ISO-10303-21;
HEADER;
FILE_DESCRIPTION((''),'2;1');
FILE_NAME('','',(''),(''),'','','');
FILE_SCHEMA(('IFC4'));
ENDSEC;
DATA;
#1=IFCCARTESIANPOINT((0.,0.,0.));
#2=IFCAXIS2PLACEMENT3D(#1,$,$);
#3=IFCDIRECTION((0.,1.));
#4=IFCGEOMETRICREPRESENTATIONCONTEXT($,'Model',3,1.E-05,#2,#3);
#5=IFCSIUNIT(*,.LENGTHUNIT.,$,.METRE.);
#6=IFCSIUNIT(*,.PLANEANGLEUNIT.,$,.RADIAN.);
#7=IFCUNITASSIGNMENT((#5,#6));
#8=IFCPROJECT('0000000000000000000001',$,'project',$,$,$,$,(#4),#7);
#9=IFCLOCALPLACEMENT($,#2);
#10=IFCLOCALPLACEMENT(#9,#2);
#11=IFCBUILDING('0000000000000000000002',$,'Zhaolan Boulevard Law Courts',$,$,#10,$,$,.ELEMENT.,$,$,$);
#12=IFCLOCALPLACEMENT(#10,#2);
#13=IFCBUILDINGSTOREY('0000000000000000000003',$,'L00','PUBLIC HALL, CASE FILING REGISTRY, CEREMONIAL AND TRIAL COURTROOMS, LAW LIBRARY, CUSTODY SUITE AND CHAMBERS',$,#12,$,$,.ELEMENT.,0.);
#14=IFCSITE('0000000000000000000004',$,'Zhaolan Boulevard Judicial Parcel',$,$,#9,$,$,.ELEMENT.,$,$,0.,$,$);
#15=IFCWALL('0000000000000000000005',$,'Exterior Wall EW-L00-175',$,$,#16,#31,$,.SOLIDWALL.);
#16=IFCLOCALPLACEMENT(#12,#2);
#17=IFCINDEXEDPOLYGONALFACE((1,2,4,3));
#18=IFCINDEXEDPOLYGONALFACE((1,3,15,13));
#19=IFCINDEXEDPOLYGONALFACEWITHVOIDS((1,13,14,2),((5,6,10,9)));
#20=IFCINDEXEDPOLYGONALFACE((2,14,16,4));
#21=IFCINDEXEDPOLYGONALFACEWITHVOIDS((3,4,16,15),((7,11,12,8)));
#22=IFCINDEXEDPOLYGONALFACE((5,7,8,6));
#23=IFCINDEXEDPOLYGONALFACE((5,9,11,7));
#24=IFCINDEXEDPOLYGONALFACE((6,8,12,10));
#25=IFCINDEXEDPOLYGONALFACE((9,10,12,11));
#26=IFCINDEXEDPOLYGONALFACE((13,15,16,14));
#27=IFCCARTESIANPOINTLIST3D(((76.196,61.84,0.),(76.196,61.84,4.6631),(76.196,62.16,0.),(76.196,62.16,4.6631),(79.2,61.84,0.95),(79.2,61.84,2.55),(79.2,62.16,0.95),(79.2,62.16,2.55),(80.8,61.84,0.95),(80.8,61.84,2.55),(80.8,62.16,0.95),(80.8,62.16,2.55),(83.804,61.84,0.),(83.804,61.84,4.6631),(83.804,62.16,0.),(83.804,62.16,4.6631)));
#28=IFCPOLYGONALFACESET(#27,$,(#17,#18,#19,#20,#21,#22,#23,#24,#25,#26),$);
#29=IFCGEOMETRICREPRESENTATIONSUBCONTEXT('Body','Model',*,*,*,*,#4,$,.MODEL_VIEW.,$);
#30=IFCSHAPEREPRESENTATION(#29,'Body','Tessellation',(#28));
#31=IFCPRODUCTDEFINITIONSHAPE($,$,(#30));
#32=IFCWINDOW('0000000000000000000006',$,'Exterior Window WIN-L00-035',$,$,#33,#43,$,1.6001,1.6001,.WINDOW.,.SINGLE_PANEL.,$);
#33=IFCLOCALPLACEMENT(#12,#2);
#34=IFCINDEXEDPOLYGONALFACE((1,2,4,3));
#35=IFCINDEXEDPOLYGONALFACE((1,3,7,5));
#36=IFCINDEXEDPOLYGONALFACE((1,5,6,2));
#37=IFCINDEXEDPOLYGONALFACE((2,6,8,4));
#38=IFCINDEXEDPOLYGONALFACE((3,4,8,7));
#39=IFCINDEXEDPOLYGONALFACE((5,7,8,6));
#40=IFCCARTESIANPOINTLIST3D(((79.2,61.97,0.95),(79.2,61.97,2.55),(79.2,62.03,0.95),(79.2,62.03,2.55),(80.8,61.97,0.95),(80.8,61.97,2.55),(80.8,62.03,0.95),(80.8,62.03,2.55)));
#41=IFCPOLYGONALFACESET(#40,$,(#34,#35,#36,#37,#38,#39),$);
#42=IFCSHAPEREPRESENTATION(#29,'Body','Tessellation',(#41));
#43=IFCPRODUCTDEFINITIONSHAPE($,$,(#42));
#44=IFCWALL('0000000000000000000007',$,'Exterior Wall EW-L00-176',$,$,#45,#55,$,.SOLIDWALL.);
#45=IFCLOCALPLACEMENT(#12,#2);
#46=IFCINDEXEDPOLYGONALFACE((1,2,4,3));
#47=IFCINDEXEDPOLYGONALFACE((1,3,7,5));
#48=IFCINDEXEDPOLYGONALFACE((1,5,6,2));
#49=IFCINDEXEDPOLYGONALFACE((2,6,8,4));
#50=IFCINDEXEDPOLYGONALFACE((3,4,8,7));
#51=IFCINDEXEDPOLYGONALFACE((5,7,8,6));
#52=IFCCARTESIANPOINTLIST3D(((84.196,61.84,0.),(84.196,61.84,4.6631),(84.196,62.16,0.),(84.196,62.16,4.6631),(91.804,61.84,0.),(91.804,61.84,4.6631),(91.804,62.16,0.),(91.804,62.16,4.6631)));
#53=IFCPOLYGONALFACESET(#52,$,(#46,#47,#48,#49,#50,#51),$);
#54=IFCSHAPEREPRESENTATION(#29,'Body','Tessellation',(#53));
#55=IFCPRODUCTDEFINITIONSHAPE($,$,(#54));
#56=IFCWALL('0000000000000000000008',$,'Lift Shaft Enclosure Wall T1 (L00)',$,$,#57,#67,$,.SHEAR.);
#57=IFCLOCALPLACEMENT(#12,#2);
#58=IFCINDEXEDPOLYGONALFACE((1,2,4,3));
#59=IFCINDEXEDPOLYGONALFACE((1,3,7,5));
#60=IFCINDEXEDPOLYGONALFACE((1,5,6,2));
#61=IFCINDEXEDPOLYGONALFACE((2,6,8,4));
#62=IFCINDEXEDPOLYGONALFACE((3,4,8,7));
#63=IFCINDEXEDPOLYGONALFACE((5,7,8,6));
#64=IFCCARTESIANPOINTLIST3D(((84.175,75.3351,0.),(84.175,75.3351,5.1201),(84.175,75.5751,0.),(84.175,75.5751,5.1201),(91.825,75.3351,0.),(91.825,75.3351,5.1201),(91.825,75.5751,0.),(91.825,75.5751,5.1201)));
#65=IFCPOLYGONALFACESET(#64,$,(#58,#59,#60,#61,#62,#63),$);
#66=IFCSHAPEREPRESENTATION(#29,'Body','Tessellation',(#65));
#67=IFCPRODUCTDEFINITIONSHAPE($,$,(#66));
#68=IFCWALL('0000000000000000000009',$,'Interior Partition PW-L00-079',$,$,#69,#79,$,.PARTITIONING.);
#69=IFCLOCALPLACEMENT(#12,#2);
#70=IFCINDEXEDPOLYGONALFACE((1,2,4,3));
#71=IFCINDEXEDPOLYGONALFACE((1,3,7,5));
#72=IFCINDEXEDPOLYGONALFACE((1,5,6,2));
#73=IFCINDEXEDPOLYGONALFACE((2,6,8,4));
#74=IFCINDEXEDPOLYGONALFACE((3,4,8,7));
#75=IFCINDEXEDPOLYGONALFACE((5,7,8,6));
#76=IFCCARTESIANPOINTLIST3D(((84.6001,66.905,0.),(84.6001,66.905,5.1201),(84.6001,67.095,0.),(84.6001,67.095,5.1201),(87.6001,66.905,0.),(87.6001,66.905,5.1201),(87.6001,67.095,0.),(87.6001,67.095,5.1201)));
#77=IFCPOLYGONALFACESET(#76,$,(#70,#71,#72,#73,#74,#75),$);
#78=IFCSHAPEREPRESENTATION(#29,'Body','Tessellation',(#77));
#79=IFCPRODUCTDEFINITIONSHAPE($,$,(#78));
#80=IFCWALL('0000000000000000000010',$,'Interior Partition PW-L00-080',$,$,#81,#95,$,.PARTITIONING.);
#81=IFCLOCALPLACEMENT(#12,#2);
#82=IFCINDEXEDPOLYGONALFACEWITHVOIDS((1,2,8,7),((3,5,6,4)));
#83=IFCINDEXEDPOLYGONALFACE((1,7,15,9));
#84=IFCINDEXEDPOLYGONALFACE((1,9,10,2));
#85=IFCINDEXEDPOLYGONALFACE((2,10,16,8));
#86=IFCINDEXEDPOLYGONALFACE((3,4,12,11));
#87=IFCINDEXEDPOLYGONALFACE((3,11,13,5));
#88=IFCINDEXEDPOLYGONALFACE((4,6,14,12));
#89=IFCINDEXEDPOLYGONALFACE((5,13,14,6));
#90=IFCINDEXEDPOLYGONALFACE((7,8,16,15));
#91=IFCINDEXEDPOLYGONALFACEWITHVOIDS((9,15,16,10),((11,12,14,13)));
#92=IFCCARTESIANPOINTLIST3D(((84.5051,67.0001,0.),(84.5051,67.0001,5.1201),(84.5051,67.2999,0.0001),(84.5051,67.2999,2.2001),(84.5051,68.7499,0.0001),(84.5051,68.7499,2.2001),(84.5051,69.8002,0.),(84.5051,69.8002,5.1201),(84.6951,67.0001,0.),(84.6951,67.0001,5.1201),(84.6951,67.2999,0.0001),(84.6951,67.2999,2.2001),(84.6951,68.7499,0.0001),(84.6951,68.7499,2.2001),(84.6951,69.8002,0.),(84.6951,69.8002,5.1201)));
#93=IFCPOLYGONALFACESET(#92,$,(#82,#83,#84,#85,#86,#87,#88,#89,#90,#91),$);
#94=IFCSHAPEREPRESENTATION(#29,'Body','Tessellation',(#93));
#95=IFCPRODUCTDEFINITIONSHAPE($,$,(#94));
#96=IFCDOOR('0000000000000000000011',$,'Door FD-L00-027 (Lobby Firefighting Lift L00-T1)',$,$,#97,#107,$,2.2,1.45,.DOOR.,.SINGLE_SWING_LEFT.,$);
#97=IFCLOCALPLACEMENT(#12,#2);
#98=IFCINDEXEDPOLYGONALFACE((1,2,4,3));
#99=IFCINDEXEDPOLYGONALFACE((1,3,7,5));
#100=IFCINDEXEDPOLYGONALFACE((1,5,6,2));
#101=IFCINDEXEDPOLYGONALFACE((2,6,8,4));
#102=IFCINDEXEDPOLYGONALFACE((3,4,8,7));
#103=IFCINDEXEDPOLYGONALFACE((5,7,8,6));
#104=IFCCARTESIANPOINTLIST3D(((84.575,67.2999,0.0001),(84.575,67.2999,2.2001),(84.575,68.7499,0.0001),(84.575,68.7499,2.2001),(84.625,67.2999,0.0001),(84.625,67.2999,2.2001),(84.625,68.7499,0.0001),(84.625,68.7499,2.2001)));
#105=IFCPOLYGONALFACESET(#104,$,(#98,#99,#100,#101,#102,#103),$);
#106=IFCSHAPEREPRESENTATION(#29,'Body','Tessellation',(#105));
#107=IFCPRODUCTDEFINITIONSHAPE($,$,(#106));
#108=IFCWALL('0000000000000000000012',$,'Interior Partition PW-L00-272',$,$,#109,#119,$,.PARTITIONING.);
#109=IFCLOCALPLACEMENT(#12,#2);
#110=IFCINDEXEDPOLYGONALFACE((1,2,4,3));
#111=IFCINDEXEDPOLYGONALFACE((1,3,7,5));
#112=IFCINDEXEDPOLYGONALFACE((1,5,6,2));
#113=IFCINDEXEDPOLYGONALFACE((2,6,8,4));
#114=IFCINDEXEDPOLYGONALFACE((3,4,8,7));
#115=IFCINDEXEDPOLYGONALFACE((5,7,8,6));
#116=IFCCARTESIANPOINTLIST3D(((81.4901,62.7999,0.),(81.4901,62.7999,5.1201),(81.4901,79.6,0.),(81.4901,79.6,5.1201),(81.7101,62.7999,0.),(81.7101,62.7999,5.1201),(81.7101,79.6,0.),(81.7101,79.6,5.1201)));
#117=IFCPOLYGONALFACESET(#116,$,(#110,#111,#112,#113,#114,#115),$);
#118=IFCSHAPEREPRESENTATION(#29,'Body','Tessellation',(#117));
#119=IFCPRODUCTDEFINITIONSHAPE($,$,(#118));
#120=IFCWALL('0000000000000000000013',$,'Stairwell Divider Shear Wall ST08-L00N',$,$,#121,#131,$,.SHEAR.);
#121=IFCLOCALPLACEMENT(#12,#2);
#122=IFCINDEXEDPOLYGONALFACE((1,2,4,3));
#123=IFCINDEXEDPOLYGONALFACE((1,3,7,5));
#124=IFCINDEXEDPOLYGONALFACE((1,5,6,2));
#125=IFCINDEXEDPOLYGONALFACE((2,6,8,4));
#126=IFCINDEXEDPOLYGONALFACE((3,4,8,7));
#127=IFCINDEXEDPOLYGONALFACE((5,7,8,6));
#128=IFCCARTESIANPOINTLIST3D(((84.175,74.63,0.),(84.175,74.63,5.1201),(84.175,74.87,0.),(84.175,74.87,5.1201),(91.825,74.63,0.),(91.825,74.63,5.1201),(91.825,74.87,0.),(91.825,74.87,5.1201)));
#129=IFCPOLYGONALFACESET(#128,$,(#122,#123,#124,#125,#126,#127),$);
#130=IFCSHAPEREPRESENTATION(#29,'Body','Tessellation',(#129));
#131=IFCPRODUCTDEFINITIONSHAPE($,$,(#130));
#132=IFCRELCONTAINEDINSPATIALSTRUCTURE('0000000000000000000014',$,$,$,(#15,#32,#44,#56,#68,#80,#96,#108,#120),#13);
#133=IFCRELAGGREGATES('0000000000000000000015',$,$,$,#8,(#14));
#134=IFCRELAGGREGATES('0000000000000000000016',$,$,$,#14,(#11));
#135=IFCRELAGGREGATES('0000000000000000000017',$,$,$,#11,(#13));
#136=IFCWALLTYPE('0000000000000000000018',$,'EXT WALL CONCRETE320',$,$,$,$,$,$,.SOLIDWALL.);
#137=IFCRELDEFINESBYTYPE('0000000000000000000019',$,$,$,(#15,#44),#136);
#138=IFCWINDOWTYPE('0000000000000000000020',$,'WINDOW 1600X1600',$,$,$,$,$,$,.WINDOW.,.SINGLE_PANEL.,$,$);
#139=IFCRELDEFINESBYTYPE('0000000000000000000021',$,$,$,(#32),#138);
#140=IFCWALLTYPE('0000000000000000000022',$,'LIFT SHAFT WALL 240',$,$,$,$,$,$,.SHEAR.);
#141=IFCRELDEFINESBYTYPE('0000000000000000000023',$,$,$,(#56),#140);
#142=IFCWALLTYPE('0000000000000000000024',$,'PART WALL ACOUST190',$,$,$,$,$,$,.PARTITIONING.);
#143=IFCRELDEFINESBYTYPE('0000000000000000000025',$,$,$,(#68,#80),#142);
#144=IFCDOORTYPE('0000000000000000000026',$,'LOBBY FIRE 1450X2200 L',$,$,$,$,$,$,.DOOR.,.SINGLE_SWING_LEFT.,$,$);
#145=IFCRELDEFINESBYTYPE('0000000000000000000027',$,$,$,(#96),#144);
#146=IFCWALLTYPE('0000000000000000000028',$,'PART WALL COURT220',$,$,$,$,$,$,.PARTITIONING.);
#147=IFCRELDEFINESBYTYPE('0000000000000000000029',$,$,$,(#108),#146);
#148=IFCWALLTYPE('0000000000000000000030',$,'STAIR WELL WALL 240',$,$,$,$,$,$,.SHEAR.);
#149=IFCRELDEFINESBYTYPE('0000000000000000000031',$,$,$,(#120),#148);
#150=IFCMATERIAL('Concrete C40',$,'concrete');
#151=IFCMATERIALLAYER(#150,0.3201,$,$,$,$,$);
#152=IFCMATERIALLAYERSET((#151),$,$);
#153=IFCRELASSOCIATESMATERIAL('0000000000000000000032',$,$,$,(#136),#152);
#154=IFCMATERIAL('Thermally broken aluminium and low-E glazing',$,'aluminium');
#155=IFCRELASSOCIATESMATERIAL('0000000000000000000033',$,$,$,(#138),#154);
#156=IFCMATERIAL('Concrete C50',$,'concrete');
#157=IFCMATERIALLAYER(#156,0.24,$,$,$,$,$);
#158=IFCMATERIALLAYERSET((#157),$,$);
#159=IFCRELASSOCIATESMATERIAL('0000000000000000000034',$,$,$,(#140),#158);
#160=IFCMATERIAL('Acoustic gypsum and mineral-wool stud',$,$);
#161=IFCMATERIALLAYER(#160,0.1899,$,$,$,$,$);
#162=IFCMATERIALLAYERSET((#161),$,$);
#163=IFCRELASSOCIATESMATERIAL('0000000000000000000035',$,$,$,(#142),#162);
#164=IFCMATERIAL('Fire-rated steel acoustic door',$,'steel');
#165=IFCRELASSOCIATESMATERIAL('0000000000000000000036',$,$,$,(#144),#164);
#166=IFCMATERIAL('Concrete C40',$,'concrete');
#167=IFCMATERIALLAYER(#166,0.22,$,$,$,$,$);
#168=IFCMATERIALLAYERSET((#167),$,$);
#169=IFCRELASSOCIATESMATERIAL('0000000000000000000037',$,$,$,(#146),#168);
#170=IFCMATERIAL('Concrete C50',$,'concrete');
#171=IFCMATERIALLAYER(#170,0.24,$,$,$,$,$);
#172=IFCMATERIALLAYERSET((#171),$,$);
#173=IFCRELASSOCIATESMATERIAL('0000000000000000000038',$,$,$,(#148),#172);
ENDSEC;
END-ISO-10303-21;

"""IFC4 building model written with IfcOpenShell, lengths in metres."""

from ifc_helpers import new_model, si_unit, direction, frame, frame_2d, origin, place, context, subcontext, project, spatial, rectangle, extrude, material, layer, layer_set, type_object, element, fill, save


model = new_model("IFC4")

# Units and contexts
model_context = context("Model", 3, precision=1e-05, world=origin(), true_north=direction((0.0, 1.0)))
body_context = subcontext(model_context, "Body", "Model", "MODEL_VIEW")
ifc_project = project(units=[si_unit("LENGTHUNIT", "METRE"), si_unit("PLANEANGLEUNIT", "RADIAN")], contexts=[model_context])

# Site, building, storey
site_placement = place(None, origin())
site = spatial("IfcSite", under=ifc_project, at=site_placement, Name="Zhaolan Boulevard Judicial Parcel", CompositionType="ELEMENT", RefElevation=0.0)
building_placement = place(site_placement, origin())
building = spatial("IfcBuilding", under=site, at=building_placement, Name="Zhaolan Boulevard Law Courts", CompositionType="ELEMENT")
storey_placement = place(building_placement, origin())
storey = spatial("IfcBuildingStorey", under=building, at=storey_placement, Name="L00", Description="PUBLIC HALL, CASE FILING REGISTRY, CEREMONIAL AND TRIAL COURTROOMS, LAW LIBRARY, CUSTODY SUITE AND CHAMBERS", CompositionType="ELEMENT", Elevation=0.0)

# Wall, opening, window
ifc_material_1 = material(Name="Concrete C40", Category="concrete")
ifc_layer_1 = layer(ifc_material_1, 0.3201)
ifc_layer_set_1 = layer_set([ifc_layer_1])
wall_type_1 = type_object("IfcWallType", Name="EXT WALL CONCRETE320", PredefinedType="SOLIDWALL", material=ifc_layer_set_1)
wall_1_placement = place(storey_placement, frame((76.196, 62.0, 0.0), z_axis=(0.0, 0.0, 1.0), x_axis=(1.0, 0.0, 0.0)))
wall_1 = element("IfcWall", 1, at=wall_1_placement, inside=storey, type_object=wall_type_1, Name="Exterior Wall EW-L00-175", PredefinedType="SOLIDWALL", context=body_context, shape_type="SweptSolid", body=[
    extrude(rectangle(XDim=7.6079, YDim=0.3201, at=frame_2d((3.804, 0.0))), origin(), (0.0, 0.0, 1.0), 4.6631),
])
opening_1_placement = place(wall_1_placement, frame((3.0039, 0.0, 0.95)))
opening_1 = element("IfcOpeningElement", 2, at=opening_1_placement, cuts=wall_1, PredefinedType="OPENING", context=body_context, shape_type="SweptSolid", body=[
    extrude(rectangle(XDim=1.6001, YDim=1.6001, at=frame_2d((0.8, 0.8))), frame((0.0, 0.1699, 0.0), z_axis=(0.0, -1.0, 0.0), x_axis=(1.0, 0.0, 0.0)), (0.0, 0.0, 1.0), 0.3401),
])
ifc_material_2 = material(Name="Thermally broken aluminium and low-E glazing", Category="aluminium")
window_type = type_object("IfcWindowType", Name="WINDOW 1600X1600", PartitioningType="SINGLE_PANEL", PredefinedType="WINDOW", material=ifc_material_2)
window_placement = place(opening_1_placement, origin())
window = element("IfcWindow", 3, at=window_placement, inside=storey, type_object=window_type, Name="Exterior Window WIN-L00-035", OverallHeight=1.6001, OverallWidth=1.6001, PartitioningType="SINGLE_PANEL", PredefinedType="WINDOW", context=body_context, shape_type="SweptSolid", body=[
    extrude(rectangle(XDim=1.6001, YDim=1.6001, at=frame_2d((0.8, 0.8))), frame((0.0, 0.03, 0.0), z_axis=(0.0, -1.0, 0.0), x_axis=(1.0, 0.0, 0.0)), (0.0, 0.0, 1.0), 0.0601),
])
fill(opening_1, window)

# Walls
wall_2_placement = place(storey_placement, frame((84.196, 62.0, 0.0), z_axis=(0.0, 0.0, 1.0), x_axis=(1.0, 0.0, 0.0)))
element("IfcWall", 4, at=wall_2_placement, inside=storey, type_object=wall_type_1, Name="Exterior Wall EW-L00-176", PredefinedType="SOLIDWALL", context=body_context, shape_type="SweptSolid", body=[
    extrude(rectangle(XDim=7.6079, YDim=0.3201, at=frame_2d((3.804, 0.0))), origin(), (0.0, 0.0, 1.0), 4.6631),
])
ifc_material_3 = material(Name="Concrete C50", Category="concrete")
ifc_layer_2 = layer(ifc_material_3, 0.24)
ifc_layer_set_2 = layer_set([ifc_layer_2])
wall_type_2 = type_object("IfcWallType", Name="LIFT SHAFT WALL 240", PredefinedType="SHEAR", material=ifc_layer_set_2)
wall_3_placement = place(storey_placement, frame((84.175, 75.4551, 0.0), z_axis=(0.0, 0.0, 1.0), x_axis=(1.0, 0.0, 0.0)))
element("IfcWall", 5, at=wall_3_placement, inside=storey, type_object=wall_type_2, Name="Lift Shaft Enclosure Wall T1 (L00)", PredefinedType="SHEAR", context=body_context, shape_type="SweptSolid", body=[
    extrude(rectangle(XDim=7.6499, YDim=0.24, at=frame_2d((3.825, 0.0))), origin(), (0.0, 0.0, 1.0), 5.1201),
])
ifc_material_4 = material(Name="Acoustic gypsum and mineral-wool stud")
ifc_layer_3 = layer(ifc_material_4, 0.1899)
ifc_layer_set_3 = layer_set([ifc_layer_3])
wall_type_3 = type_object("IfcWallType", Name="PART WALL ACOUST190", PredefinedType="PARTITIONING", material=ifc_layer_set_3)
wall_4_placement = place(storey_placement, frame((84.6001, 67.0, 0.0), z_axis=(0.0, 0.0, 1.0), x_axis=(1.0, 0.0, 0.0)))
element("IfcWall", 6, at=wall_4_placement, inside=storey, type_object=wall_type_3, Name="Interior Partition PW-L00-079", PredefinedType="PARTITIONING", context=body_context, shape_type="SweptSolid", body=[
    extrude(rectangle(XDim=3.0, YDim=0.1899, at=frame_2d((1.5, 0.0))), origin(), (0.0, 0.0, 1.0), 5.1201),
])

# Wall, opening, door
wall_5_placement = place(storey_placement, frame((84.6001, 69.8, 0.0), z_axis=(0.0, 0.0, 1.0), x_axis=(0.0, -1.0, 0.0)))
wall_5 = element("IfcWall", 7, at=wall_5_placement, inside=storey, type_object=wall_type_3, Name="Interior Partition PW-L00-080", PredefinedType="PARTITIONING", context=body_context, shape_type="SweptSolid", body=[
    extrude(rectangle(XDim=2.8, YDim=0.1899, at=frame_2d((1.3999, 0.0))), origin(), (0.0, 0.0, 1.0), 5.1201),
])
opening_2_placement = place(wall_5_placement, frame((1.05, 0.0, 0.0)))
opening_2 = element("IfcOpeningElement", 8, at=opening_2_placement, cuts=wall_5, PredefinedType="OPENING", context=body_context, shape_type="SweptSolid", body=[
    extrude(rectangle(XDim=1.45, YDim=2.2, at=frame_2d((0.7251, 1.1001))), frame((0.0, 0.105, 0.0), z_axis=(0.0, -1.0, 0.0), x_axis=(1.0, 0.0, 0.0)), (0.0, 0.0, 1.0), 0.21),
])
ifc_material_5 = material(Name="Fire-rated steel acoustic door", Category="steel")
door_type_1 = type_object("IfcDoorType", Name="LOBBY FIRE 1450X2200 L", OperationType="SINGLE_SWING_LEFT", PredefinedType="DOOR", material=ifc_material_5)
door_1_placement = place(opening_2_placement, origin())
door_1 = element("IfcDoor", 9, at=door_1_placement, inside=storey, type_object=door_type_1, Name="Door FD-L00-027 (Lobby Firefighting Lift L00-T1)", OperationType="SINGLE_SWING_LEFT", OverallHeight=2.2, OverallWidth=1.45, PredefinedType="DOOR", context=body_context, shape_type="SweptSolid", body=[
    extrude(rectangle(XDim=1.45, YDim=2.2, at=frame_2d((0.7251, 1.1001))), frame((0.0, 0.0249, 0.0), z_axis=(0.0, -1.0, 0.0), x_axis=(1.0, 0.0, 0.0)), (0.0, 0.0, 1.0), 0.05),
])
fill(opening_2, door_1)

# Walls
ifc_material_6 = material(Name="Concrete C40", Category="concrete")
ifc_layer_4 = layer(ifc_material_6, 0.22)
ifc_layer_set_4 = layer_set([ifc_layer_4])
wall_type_4 = type_object("IfcWallType", Name="PART WALL COURT220", PredefinedType="PARTITIONING", material=ifc_layer_set_4)
wall_6_placement = place(storey_placement, frame((81.6001, 62.8, 0.0), z_axis=(0.0, 0.0, 1.0), x_axis=(0.0, 1.0, 0.0)))
element("IfcWall", 10, at=wall_6_placement, inside=storey, type_object=wall_type_4, Name="Interior Partition PW-L00-272", PredefinedType="PARTITIONING", context=body_context, shape_type="SweptSolid", body=[
    extrude(rectangle(XDim=16.8, YDim=0.22, at=frame_2d((8.3999, 0.0))), origin(), (0.0, 0.0, 1.0), 5.1201),
])
ifc_material_7 = material(Name="Concrete C50", Category="concrete")
ifc_layer_5 = layer(ifc_material_7, 0.24)
ifc_layer_set_5 = layer_set([ifc_layer_5])
wall_type_5 = type_object("IfcWallType", Name="STAIR WELL WALL 240", PredefinedType="SHEAR", material=ifc_layer_set_5)
wall_7_placement = place(storey_placement, frame((84.175, 74.75, 0.0), z_axis=(0.0, 0.0, 1.0), x_axis=(1.0, 0.0, 0.0)))
element("IfcWall", 11, at=wall_7_placement, inside=storey, type_object=wall_type_5, Name="Stairwell Divider Shear Wall ST08-L00N", PredefinedType="SHEAR", context=body_context, shape_type="SweptSolid", body=[
    extrude(rectangle(XDim=7.6499, YDim=0.24, at=frame_2d((3.825, 0.0))), origin(), (0.0, 0.0, 1.0), 5.1201),
])

save(model, "model.ifc")
